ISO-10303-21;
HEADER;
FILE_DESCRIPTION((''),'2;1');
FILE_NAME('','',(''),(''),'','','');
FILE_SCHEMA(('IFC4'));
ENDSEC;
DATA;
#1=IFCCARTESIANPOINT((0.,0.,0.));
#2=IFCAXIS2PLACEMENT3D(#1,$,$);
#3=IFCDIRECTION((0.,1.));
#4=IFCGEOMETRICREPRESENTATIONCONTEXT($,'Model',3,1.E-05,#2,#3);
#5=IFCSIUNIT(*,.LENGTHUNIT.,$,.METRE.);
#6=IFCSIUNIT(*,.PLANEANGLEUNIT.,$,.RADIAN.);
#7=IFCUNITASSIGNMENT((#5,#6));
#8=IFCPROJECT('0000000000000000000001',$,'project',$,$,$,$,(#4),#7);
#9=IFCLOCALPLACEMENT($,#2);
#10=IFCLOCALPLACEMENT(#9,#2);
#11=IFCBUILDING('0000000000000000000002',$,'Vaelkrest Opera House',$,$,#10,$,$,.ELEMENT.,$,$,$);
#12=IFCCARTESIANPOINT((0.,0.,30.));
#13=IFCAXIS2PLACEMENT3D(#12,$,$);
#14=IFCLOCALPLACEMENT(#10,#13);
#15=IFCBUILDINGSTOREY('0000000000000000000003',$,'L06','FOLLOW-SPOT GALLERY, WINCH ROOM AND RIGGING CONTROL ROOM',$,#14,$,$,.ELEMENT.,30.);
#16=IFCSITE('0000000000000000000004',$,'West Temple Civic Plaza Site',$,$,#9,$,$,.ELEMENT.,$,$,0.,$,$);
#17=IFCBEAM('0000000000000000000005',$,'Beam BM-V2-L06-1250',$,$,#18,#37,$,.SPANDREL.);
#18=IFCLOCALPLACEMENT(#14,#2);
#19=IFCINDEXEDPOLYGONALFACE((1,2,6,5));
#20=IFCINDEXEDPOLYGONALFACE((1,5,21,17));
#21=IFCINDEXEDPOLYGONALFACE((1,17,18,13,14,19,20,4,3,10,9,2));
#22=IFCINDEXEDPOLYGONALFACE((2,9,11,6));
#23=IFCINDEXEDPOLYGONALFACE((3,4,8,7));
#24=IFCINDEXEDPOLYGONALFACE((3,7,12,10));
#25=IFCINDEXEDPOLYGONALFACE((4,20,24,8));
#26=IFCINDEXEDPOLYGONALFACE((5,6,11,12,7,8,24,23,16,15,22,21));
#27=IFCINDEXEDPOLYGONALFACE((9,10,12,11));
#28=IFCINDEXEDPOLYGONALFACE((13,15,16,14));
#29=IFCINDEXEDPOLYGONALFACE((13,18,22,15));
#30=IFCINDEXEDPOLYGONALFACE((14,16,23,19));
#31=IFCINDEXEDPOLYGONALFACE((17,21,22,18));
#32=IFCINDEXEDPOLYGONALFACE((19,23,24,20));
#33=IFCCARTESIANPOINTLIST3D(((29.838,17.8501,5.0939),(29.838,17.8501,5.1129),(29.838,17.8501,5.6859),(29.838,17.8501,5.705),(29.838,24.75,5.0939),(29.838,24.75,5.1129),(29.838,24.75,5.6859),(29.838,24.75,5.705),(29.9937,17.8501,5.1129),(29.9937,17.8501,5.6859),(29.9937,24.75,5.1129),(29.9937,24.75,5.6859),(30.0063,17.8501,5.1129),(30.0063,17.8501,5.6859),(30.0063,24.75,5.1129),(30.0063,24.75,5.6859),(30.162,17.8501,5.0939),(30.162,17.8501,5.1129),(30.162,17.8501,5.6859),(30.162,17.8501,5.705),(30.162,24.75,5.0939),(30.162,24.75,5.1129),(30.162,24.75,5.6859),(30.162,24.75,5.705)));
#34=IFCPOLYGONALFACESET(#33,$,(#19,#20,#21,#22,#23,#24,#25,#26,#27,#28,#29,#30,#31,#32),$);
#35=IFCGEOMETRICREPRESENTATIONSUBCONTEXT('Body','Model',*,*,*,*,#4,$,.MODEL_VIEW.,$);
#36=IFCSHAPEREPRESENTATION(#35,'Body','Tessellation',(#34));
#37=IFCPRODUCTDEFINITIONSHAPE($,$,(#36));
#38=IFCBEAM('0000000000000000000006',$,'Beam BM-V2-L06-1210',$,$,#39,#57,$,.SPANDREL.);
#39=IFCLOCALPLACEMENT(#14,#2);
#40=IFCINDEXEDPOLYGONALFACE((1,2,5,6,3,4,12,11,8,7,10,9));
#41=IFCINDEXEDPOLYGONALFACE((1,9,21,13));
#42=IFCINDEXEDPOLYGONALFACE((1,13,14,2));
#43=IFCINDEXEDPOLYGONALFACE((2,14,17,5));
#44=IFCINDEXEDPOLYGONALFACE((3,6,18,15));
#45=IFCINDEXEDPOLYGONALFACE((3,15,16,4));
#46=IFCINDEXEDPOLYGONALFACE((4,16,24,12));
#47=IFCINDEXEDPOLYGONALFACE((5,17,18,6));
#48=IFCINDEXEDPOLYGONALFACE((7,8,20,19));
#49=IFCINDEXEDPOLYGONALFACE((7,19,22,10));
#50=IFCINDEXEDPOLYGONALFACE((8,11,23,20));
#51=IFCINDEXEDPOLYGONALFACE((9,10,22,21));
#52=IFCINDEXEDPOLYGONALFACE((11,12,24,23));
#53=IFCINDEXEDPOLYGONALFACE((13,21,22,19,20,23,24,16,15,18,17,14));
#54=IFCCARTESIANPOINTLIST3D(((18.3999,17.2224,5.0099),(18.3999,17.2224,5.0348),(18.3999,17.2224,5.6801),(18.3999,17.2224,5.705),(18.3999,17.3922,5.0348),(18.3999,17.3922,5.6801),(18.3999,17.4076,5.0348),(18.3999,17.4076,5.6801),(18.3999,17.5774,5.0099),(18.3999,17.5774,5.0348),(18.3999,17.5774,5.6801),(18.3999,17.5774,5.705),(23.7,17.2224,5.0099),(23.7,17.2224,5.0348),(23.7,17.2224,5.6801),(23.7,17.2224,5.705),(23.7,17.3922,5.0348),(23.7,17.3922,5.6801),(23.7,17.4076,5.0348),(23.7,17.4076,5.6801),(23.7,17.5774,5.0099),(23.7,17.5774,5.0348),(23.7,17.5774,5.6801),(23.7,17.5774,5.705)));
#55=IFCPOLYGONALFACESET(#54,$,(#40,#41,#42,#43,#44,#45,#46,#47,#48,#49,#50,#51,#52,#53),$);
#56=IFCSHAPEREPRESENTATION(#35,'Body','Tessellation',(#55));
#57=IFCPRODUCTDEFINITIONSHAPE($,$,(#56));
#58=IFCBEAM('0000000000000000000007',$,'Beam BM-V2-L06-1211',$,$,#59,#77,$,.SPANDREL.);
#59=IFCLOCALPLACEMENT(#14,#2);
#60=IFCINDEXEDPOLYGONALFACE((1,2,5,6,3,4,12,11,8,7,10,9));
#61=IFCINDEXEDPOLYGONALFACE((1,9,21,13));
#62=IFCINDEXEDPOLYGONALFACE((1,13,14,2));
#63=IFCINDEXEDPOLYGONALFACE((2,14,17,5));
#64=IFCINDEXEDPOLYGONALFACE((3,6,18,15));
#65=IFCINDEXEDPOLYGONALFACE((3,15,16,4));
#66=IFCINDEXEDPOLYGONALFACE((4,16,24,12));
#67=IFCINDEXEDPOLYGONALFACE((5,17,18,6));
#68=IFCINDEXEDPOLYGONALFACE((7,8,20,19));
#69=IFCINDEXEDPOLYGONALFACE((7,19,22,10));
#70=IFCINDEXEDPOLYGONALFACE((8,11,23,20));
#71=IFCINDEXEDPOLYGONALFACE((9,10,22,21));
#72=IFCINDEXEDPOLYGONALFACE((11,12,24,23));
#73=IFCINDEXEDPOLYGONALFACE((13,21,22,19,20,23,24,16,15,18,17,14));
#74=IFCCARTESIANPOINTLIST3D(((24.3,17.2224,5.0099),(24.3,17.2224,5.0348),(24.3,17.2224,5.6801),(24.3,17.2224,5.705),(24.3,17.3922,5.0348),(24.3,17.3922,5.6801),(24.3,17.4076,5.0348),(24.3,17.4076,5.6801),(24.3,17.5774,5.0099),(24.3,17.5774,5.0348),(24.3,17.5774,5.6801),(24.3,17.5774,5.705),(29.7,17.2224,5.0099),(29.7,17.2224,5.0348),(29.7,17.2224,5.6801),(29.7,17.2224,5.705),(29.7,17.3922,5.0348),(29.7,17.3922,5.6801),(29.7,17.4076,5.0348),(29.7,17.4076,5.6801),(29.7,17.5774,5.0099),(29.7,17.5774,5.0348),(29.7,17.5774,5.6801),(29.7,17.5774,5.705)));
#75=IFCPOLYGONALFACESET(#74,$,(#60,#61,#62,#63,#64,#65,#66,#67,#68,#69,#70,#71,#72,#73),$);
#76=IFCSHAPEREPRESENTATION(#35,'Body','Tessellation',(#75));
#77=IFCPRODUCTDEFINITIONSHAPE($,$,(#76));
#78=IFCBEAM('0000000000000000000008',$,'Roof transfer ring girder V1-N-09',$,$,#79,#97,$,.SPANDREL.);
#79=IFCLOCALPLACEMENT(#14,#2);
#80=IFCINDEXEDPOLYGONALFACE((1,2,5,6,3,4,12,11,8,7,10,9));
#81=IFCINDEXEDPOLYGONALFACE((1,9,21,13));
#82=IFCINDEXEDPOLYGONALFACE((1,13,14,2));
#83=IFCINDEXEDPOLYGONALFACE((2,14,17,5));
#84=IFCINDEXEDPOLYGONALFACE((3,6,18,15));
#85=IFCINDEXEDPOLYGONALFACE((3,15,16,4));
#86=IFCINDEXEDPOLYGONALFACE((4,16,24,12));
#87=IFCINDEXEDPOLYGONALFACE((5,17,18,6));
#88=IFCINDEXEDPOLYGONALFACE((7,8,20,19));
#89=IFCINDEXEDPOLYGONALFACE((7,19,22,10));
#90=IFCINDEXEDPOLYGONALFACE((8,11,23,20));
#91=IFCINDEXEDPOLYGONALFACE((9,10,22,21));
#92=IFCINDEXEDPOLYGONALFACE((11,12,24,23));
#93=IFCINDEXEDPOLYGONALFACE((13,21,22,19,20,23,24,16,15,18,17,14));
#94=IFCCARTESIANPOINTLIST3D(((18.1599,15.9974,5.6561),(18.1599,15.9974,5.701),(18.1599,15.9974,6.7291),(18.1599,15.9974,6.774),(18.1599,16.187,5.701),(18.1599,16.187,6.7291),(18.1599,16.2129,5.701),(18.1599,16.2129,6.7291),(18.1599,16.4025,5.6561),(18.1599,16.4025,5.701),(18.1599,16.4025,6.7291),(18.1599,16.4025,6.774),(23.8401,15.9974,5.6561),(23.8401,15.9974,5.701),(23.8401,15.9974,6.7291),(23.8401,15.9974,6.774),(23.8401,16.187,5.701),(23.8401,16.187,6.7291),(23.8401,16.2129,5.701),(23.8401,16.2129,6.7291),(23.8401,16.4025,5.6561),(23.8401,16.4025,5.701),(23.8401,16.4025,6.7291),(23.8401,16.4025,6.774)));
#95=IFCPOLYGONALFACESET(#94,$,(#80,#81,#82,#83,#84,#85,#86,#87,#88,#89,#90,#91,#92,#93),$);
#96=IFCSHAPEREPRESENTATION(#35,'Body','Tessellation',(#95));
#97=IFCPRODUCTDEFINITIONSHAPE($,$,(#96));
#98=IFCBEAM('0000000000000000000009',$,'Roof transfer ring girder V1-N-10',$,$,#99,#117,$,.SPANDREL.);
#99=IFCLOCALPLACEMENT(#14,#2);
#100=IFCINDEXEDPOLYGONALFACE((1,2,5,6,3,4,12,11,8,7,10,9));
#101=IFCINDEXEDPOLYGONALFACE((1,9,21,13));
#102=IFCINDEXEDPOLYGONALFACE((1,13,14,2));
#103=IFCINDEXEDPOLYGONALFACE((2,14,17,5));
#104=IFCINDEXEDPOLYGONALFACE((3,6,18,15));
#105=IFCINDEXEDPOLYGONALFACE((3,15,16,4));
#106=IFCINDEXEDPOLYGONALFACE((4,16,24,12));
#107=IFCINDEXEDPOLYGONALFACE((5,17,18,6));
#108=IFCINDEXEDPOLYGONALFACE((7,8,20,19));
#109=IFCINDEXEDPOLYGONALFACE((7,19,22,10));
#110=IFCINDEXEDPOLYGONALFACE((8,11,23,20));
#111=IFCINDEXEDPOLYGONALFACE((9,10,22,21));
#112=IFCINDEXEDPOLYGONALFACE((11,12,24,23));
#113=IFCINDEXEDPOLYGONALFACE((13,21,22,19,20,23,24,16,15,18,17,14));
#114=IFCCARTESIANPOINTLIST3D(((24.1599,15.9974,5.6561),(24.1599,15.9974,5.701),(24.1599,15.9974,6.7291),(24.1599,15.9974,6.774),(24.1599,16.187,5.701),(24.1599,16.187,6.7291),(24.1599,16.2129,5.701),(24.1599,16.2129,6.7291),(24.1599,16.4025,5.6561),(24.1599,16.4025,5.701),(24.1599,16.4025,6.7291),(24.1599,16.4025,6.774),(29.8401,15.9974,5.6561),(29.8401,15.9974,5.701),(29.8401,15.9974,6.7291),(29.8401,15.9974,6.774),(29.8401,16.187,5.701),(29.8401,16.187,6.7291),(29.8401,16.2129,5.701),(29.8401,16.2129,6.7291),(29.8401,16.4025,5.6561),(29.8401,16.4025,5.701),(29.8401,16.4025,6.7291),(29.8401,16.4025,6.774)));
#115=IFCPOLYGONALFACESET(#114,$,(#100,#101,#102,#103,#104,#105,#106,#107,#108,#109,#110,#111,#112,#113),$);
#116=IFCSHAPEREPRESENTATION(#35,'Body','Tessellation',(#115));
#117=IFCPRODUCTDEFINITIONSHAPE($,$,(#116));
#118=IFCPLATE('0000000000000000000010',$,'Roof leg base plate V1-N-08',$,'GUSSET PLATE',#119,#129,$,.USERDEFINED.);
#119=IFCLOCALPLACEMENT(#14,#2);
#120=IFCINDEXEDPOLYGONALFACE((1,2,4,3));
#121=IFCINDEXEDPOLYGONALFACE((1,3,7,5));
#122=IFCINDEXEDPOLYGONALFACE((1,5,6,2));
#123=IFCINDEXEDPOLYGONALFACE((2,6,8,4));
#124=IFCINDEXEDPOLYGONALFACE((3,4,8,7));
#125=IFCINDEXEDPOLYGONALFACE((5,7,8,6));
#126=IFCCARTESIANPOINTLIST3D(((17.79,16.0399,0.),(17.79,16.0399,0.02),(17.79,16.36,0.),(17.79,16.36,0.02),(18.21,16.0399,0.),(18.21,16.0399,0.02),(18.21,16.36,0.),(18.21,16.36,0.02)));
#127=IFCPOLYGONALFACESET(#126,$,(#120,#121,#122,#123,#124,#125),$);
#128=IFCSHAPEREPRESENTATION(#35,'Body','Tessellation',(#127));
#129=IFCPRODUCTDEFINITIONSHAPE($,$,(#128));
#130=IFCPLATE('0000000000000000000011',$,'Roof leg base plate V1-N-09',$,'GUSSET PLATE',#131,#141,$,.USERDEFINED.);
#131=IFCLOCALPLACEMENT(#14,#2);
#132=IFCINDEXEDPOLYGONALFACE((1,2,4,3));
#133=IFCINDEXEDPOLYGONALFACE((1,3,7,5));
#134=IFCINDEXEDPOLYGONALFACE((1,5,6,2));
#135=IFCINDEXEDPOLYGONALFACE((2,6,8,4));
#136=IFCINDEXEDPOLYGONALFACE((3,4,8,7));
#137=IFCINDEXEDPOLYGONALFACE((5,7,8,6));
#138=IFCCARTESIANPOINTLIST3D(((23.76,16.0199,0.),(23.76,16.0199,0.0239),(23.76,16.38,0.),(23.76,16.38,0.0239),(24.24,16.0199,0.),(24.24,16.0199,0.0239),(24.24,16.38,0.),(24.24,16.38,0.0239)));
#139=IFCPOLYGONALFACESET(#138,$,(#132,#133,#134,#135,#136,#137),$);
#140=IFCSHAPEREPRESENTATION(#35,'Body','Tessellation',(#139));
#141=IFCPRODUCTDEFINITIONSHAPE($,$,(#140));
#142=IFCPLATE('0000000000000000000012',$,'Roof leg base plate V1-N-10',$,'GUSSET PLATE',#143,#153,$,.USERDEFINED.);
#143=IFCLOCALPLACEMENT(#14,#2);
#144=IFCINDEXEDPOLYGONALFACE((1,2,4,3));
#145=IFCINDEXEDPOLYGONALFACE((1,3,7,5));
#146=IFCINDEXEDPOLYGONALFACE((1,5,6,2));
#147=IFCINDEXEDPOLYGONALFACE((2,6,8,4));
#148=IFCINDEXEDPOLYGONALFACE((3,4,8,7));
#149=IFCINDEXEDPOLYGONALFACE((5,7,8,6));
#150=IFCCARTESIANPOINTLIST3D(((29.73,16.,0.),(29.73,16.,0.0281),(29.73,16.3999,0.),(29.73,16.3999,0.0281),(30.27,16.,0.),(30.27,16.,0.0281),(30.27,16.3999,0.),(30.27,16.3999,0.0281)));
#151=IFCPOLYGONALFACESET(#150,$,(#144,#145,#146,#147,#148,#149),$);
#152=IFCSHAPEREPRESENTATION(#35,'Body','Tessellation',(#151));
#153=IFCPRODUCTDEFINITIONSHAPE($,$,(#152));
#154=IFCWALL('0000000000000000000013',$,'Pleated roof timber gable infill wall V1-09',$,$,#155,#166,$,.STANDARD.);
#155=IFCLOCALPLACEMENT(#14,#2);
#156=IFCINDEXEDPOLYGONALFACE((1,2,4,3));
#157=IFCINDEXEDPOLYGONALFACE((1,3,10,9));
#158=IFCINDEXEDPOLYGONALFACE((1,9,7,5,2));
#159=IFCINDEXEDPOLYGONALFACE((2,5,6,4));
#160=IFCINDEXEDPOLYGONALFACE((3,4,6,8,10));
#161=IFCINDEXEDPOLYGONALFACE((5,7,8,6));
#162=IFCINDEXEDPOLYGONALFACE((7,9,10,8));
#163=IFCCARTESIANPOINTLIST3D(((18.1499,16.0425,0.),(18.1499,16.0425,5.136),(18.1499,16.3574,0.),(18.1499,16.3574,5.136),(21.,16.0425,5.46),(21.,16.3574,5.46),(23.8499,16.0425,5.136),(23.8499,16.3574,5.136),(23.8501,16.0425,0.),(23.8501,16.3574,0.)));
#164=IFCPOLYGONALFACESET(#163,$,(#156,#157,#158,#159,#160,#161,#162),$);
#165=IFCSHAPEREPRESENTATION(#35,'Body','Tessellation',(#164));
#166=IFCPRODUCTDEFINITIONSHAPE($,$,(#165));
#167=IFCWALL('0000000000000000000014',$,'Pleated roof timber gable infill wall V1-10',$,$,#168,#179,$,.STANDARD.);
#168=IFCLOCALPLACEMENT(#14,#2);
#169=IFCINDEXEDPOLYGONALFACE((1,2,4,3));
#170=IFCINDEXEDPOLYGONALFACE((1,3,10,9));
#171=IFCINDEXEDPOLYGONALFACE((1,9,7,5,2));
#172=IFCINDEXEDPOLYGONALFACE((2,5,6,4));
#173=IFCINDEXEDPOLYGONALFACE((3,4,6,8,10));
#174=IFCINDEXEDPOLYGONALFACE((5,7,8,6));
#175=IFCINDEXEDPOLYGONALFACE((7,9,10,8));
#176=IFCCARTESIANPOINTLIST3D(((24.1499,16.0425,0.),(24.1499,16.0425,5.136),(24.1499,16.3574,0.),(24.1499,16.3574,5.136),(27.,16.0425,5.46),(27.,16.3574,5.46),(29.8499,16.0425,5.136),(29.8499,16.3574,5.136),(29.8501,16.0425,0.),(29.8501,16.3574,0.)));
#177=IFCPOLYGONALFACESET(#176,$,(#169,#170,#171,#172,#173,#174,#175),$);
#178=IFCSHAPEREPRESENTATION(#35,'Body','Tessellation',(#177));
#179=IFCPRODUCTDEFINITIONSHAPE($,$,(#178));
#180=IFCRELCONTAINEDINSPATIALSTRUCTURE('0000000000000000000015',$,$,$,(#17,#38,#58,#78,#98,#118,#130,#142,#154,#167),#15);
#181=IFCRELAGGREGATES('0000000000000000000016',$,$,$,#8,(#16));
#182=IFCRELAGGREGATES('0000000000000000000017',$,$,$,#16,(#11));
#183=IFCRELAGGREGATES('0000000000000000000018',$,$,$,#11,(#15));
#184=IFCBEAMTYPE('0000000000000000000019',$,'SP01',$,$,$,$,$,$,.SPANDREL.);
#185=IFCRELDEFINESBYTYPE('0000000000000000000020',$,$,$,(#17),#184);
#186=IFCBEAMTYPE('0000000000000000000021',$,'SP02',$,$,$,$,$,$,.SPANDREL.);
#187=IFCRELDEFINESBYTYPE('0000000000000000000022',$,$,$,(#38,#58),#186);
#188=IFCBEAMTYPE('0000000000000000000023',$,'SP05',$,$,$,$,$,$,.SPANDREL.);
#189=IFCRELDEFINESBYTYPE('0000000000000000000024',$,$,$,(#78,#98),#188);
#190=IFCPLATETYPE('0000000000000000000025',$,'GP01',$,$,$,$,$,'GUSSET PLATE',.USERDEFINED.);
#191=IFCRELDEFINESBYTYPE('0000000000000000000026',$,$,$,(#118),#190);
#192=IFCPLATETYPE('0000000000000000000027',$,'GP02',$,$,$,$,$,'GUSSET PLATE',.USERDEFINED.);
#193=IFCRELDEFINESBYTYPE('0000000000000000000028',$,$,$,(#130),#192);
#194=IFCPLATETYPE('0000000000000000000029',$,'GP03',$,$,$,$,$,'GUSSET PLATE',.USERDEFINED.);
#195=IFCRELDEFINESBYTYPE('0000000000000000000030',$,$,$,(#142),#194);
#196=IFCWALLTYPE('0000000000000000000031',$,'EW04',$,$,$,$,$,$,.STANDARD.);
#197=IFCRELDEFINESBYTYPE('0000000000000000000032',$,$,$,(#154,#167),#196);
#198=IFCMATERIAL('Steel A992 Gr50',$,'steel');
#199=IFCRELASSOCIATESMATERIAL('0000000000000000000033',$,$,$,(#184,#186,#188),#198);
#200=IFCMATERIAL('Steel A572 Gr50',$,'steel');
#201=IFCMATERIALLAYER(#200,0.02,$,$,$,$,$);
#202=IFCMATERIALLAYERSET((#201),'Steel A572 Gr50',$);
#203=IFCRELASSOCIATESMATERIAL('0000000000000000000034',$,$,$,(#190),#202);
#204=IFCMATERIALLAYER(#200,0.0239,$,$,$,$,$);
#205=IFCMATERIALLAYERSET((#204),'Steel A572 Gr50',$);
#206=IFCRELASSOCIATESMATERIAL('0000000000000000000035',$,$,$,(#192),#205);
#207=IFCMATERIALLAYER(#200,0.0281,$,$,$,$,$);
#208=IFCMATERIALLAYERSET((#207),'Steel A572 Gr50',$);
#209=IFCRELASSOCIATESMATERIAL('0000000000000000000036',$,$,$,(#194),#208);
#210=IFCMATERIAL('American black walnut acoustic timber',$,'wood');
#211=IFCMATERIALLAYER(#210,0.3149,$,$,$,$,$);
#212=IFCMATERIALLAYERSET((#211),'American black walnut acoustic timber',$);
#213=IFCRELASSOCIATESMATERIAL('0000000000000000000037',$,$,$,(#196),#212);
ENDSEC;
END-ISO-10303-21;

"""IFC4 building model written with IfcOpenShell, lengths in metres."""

from ifc_helpers import new_model, si_unit, direction, frame, origin, origin_2d, place, context, subcontext, project, spatial, polyline, rectangle, i_section, outline, extrude, material, layer, layer_set, material_profile, profile_set, type_object, element, save


model = new_model("IFC4")

# Units and contexts
model_context = context("Model", 3, precision=1e-05, world=origin(), true_north=direction((0.0, 1.0)))
body_context = subcontext(model_context, "Body", "Model", "MODEL_VIEW")
ifc_project = project(units=[si_unit("LENGTHUNIT", "METRE"), si_unit("PLANEANGLEUNIT", "RADIAN")], contexts=[model_context])

# Site, building, storey
site_placement = place(None, origin())
site = spatial("IfcSite", under=ifc_project, at=site_placement, Name="West Temple Civic Plaza Site", CompositionType="ELEMENT", RefElevation=0.0)
building_placement = place(site_placement, origin())
building = spatial("IfcBuilding", under=site, at=building_placement, Name="Vaelkrest Opera House", CompositionType="ELEMENT")
storey_placement = place(building_placement, frame((0.0, 0.0, 30.0)))
storey = spatial("IfcBuildingStorey", under=building, at=storey_placement, Name="L06", Description="FOLLOW-SPOT GALLERY, WINCH ROOM AND RIGGING CONTROL ROOM", CompositionType="ELEMENT", Elevation=30.0)

# Beams
ifc_material_1 = material(Name="Steel A992 Gr50", Category="steel")
ifc_material_profile_1 = material_profile(ifc_material_1, i_section(OverallWidth=0.324, OverallDepth=0.6111, WebThickness=0.0127, FlangeThickness=0.019, at=origin_2d()), Name="W24X104")
ifc_profile_set_1 = profile_set([ifc_material_profile_1], Name="Steel A992 Gr50")
beam_type_1 = type_object("IfcBeamType", Name="SP01", PredefinedType="SPANDREL", material=ifc_profile_set_1)
beam_1_placement = place(storey_placement, frame((30.0, 17.8501, 5.3994), z_axis=(0.0, 1.0, 0.0), x_axis=(-1.0, 0.0, 0.0)))
element("IfcBeam", 1, at=beam_1_placement, inside=storey, type_object=beam_type_1, Name="Beam BM-V2-L06-1250", PredefinedType="SPANDREL", context=body_context, shape_type="SweptSolid", body=[
    extrude(i_section(OverallWidth=0.324, OverallDepth=0.6111, WebThickness=0.0127, FlangeThickness=0.019, at=origin_2d()), origin(), (0.0, 0.0, 1.0), 6.8999),
])
ifc_material_profile_2 = material_profile(ifc_material_1, i_section(OverallWidth=0.355, OverallDepth=0.6951, WebThickness=0.0154, FlangeThickness=0.0249, at=origin_2d()), Name="W27X146")
ifc_profile_set_2 = profile_set([ifc_material_profile_2], Name="Steel A992 Gr50")
beam_type_2 = type_object("IfcBeamType", Name="SP02", PredefinedType="SPANDREL", material=ifc_profile_set_2)
beam_2_placement = place(storey_placement, frame((18.3999, 17.3999, 5.3574), z_axis=(1.0, 0.0, 0.0), x_axis=(0.0, 1.0, 0.0)))
element("IfcBeam", 2, at=beam_2_placement, inside=storey, type_object=beam_type_2, Name="Beam BM-V2-L06-1210", PredefinedType="SPANDREL", context=body_context, shape_type="SweptSolid", body=[
    extrude(i_section(OverallWidth=0.355, OverallDepth=0.6951, WebThickness=0.0154, FlangeThickness=0.0249, at=origin_2d()), origin(), (0.0, 0.0, 1.0), 5.3),
])
beam_3_placement = place(storey_placement, frame((24.3, 17.3999, 5.3574), z_axis=(1.0, 0.0, 0.0), x_axis=(0.0, 1.0, 0.0)))
element("IfcBeam", 3, at=beam_3_placement, inside=storey, type_object=beam_type_2, Name="Beam BM-V2-L06-1211", PredefinedType="SPANDREL", context=body_context, shape_type="SweptSolid", body=[
    extrude(i_section(OverallWidth=0.355, OverallDepth=0.6951, WebThickness=0.0154, FlangeThickness=0.0249, at=origin_2d()), origin(), (0.0, 0.0, 1.0), 5.3999),
])
ifc_material_profile_3 = material_profile(ifc_material_1, i_section(OverallWidth=0.405, OverallDepth=1.1179, WebThickness=0.0259, FlangeThickness=0.0449, at=origin_2d()), Name="W44X335")
ifc_profile_set_3 = profile_set([ifc_material_profile_3], Name="Steel A992 Gr50")
beam_type_3 = type_object("IfcBeamType", Name="SP05", PredefinedType="SPANDREL", material=ifc_profile_set_3)
for number, where, z_axis, x_axis, name in (
    (4, (18.1599, 16.2, 6.2151), (1.0, 0.0, 0.0), (0.0, 1.0, 0.0), "Roof transfer ring girder V1-N-09"),
    (5, (24.1599, 16.2, 6.2151), (1.0, 0.0, 0.0), (0.0, 1.0, 0.0), "Roof transfer ring girder V1-N-10"),
):
    element("IfcBeam", number, at=place(storey_placement, frame(where, z_axis=z_axis, x_axis=x_axis)), inside=storey, type_object=beam_type_3, Name=name, PredefinedType="SPANDREL", context=body_context, shape_type="SweptSolid", body=[
        extrude(i_section(OverallWidth=0.405, OverallDepth=1.1179, WebThickness=0.0259, FlangeThickness=0.0449, at=origin_2d()), origin(), (0.0, 0.0, 1.0), 5.6802),
    ])

# Plates
ifc_material_2 = material(Name="Steel A572 Gr50", Category="steel")
ifc_layer_1 = layer(ifc_material_2, 0.02)
ifc_layer_set_1 = layer_set([ifc_layer_1], Name="Steel A572 Gr50")
plate_type_1 = type_object("IfcPlateType", Name="GP01", ElementType="GUSSET PLATE", PredefinedType="USERDEFINED", material=ifc_layer_set_1)
plate_1_placement = place(storey_placement, frame((18.0, 16.2, 0.0), z_axis=(0.0, 0.0, 1.0), x_axis=(1.0, 0.0, 0.0)))
element("IfcPlate", 6, at=plate_1_placement, inside=storey, type_object=plate_type_1, Name="Roof leg base plate V1-N-08", ObjectType="GUSSET PLATE", PredefinedType="USERDEFINED", context=body_context, shape_type="SweptSolid", body=[
    extrude(rectangle(XDim=0.4199, YDim=0.3201, at=origin_2d()), origin(), (0.0, 0.0, 1.0), 0.02),
])
ifc_layer_2 = layer(ifc_material_2, 0.0239)
ifc_layer_set_2 = layer_set([ifc_layer_2], Name="Steel A572 Gr50")
plate_type_2 = type_object("IfcPlateType", Name="GP02", ElementType="GUSSET PLATE", PredefinedType="USERDEFINED", material=ifc_layer_set_2)
plate_2_placement = place(storey_placement, frame((24.0, 16.2, 0.0), z_axis=(0.0, 0.0, 1.0), x_axis=(1.0, 0.0, 0.0)))
element("IfcPlate", 7, at=plate_2_placement, inside=storey, type_object=plate_type_2, Name="Roof leg base plate V1-N-09", ObjectType="GUSSET PLATE", PredefinedType="USERDEFINED", context=body_context, shape_type="SweptSolid", body=[
    extrude(rectangle(XDim=0.48, YDim=0.3601, at=origin_2d()), origin(), (0.0, 0.0, 1.0), 0.0239),
])
ifc_layer_3 = layer(ifc_material_2, 0.0281)
ifc_layer_set_3 = layer_set([ifc_layer_3], Name="Steel A572 Gr50")
plate_type_3 = type_object("IfcPlateType", Name="GP03", ElementType="GUSSET PLATE", PredefinedType="USERDEFINED", material=ifc_layer_set_3)
plate_3_placement = place(storey_placement, frame((30.0, 16.2, 0.0), z_axis=(0.0, 0.0, 1.0), x_axis=(1.0, 0.0, 0.0)))
element("IfcPlate", 8, at=plate_3_placement, inside=storey, type_object=plate_type_3, Name="Roof leg base plate V1-N-10", ObjectType="GUSSET PLATE", PredefinedType="USERDEFINED", context=body_context, shape_type="SweptSolid", body=[
    extrude(rectangle(XDim=0.54, YDim=0.3999, at=origin_2d()), origin(), (0.0, 0.0, 1.0), 0.0281),
])

# Walls
ifc_material_3 = material(Name="American black walnut acoustic timber", Category="wood")
ifc_layer_4 = layer(ifc_material_3, 0.3149)
ifc_layer_set_4 = layer_set([ifc_layer_4], Name="American black walnut acoustic timber")
wall_type_1 = type_object("IfcWallType", Name="EW04", PredefinedType="STANDARD", material=ifc_layer_set_4)
for number, where, z_axis, x_axis, name in (
    (9, (18.1499, 16.2, 0.0), (0.0, 0.0, 1.0), (1.0, 0.0, 0.0), "Pleated roof timber gable infill wall V1-09"),
    (10, (24.1499, 16.2, 0.0), (0.0, 0.0, 1.0), (1.0, 0.0, 0.0), "Pleated roof timber gable infill wall V1-10"),
):
    element("IfcWall", number, at=place(storey_placement, frame(where, z_axis=z_axis, x_axis=x_axis)), inside=storey, type_object=wall_type_1, Name=name, PredefinedType="STANDARD", context=body_context, shape_type="SweptSolid", body=[
        extrude(outline(polyline([(0.0, 0.0), (5.7002, 0.0), (5.7, 5.136), (2.8501, 5.46), (0.0, 5.136), (0.0, 0.0)])), frame((0.0, 0.1575, 0.0), z_axis=(0.0, -1.0, 0.0), x_axis=(1.0, 0.0, 0.0)), (0.0, 0.0, 1.0), 0.3149),
    ])

save(model, "model.ifc")
